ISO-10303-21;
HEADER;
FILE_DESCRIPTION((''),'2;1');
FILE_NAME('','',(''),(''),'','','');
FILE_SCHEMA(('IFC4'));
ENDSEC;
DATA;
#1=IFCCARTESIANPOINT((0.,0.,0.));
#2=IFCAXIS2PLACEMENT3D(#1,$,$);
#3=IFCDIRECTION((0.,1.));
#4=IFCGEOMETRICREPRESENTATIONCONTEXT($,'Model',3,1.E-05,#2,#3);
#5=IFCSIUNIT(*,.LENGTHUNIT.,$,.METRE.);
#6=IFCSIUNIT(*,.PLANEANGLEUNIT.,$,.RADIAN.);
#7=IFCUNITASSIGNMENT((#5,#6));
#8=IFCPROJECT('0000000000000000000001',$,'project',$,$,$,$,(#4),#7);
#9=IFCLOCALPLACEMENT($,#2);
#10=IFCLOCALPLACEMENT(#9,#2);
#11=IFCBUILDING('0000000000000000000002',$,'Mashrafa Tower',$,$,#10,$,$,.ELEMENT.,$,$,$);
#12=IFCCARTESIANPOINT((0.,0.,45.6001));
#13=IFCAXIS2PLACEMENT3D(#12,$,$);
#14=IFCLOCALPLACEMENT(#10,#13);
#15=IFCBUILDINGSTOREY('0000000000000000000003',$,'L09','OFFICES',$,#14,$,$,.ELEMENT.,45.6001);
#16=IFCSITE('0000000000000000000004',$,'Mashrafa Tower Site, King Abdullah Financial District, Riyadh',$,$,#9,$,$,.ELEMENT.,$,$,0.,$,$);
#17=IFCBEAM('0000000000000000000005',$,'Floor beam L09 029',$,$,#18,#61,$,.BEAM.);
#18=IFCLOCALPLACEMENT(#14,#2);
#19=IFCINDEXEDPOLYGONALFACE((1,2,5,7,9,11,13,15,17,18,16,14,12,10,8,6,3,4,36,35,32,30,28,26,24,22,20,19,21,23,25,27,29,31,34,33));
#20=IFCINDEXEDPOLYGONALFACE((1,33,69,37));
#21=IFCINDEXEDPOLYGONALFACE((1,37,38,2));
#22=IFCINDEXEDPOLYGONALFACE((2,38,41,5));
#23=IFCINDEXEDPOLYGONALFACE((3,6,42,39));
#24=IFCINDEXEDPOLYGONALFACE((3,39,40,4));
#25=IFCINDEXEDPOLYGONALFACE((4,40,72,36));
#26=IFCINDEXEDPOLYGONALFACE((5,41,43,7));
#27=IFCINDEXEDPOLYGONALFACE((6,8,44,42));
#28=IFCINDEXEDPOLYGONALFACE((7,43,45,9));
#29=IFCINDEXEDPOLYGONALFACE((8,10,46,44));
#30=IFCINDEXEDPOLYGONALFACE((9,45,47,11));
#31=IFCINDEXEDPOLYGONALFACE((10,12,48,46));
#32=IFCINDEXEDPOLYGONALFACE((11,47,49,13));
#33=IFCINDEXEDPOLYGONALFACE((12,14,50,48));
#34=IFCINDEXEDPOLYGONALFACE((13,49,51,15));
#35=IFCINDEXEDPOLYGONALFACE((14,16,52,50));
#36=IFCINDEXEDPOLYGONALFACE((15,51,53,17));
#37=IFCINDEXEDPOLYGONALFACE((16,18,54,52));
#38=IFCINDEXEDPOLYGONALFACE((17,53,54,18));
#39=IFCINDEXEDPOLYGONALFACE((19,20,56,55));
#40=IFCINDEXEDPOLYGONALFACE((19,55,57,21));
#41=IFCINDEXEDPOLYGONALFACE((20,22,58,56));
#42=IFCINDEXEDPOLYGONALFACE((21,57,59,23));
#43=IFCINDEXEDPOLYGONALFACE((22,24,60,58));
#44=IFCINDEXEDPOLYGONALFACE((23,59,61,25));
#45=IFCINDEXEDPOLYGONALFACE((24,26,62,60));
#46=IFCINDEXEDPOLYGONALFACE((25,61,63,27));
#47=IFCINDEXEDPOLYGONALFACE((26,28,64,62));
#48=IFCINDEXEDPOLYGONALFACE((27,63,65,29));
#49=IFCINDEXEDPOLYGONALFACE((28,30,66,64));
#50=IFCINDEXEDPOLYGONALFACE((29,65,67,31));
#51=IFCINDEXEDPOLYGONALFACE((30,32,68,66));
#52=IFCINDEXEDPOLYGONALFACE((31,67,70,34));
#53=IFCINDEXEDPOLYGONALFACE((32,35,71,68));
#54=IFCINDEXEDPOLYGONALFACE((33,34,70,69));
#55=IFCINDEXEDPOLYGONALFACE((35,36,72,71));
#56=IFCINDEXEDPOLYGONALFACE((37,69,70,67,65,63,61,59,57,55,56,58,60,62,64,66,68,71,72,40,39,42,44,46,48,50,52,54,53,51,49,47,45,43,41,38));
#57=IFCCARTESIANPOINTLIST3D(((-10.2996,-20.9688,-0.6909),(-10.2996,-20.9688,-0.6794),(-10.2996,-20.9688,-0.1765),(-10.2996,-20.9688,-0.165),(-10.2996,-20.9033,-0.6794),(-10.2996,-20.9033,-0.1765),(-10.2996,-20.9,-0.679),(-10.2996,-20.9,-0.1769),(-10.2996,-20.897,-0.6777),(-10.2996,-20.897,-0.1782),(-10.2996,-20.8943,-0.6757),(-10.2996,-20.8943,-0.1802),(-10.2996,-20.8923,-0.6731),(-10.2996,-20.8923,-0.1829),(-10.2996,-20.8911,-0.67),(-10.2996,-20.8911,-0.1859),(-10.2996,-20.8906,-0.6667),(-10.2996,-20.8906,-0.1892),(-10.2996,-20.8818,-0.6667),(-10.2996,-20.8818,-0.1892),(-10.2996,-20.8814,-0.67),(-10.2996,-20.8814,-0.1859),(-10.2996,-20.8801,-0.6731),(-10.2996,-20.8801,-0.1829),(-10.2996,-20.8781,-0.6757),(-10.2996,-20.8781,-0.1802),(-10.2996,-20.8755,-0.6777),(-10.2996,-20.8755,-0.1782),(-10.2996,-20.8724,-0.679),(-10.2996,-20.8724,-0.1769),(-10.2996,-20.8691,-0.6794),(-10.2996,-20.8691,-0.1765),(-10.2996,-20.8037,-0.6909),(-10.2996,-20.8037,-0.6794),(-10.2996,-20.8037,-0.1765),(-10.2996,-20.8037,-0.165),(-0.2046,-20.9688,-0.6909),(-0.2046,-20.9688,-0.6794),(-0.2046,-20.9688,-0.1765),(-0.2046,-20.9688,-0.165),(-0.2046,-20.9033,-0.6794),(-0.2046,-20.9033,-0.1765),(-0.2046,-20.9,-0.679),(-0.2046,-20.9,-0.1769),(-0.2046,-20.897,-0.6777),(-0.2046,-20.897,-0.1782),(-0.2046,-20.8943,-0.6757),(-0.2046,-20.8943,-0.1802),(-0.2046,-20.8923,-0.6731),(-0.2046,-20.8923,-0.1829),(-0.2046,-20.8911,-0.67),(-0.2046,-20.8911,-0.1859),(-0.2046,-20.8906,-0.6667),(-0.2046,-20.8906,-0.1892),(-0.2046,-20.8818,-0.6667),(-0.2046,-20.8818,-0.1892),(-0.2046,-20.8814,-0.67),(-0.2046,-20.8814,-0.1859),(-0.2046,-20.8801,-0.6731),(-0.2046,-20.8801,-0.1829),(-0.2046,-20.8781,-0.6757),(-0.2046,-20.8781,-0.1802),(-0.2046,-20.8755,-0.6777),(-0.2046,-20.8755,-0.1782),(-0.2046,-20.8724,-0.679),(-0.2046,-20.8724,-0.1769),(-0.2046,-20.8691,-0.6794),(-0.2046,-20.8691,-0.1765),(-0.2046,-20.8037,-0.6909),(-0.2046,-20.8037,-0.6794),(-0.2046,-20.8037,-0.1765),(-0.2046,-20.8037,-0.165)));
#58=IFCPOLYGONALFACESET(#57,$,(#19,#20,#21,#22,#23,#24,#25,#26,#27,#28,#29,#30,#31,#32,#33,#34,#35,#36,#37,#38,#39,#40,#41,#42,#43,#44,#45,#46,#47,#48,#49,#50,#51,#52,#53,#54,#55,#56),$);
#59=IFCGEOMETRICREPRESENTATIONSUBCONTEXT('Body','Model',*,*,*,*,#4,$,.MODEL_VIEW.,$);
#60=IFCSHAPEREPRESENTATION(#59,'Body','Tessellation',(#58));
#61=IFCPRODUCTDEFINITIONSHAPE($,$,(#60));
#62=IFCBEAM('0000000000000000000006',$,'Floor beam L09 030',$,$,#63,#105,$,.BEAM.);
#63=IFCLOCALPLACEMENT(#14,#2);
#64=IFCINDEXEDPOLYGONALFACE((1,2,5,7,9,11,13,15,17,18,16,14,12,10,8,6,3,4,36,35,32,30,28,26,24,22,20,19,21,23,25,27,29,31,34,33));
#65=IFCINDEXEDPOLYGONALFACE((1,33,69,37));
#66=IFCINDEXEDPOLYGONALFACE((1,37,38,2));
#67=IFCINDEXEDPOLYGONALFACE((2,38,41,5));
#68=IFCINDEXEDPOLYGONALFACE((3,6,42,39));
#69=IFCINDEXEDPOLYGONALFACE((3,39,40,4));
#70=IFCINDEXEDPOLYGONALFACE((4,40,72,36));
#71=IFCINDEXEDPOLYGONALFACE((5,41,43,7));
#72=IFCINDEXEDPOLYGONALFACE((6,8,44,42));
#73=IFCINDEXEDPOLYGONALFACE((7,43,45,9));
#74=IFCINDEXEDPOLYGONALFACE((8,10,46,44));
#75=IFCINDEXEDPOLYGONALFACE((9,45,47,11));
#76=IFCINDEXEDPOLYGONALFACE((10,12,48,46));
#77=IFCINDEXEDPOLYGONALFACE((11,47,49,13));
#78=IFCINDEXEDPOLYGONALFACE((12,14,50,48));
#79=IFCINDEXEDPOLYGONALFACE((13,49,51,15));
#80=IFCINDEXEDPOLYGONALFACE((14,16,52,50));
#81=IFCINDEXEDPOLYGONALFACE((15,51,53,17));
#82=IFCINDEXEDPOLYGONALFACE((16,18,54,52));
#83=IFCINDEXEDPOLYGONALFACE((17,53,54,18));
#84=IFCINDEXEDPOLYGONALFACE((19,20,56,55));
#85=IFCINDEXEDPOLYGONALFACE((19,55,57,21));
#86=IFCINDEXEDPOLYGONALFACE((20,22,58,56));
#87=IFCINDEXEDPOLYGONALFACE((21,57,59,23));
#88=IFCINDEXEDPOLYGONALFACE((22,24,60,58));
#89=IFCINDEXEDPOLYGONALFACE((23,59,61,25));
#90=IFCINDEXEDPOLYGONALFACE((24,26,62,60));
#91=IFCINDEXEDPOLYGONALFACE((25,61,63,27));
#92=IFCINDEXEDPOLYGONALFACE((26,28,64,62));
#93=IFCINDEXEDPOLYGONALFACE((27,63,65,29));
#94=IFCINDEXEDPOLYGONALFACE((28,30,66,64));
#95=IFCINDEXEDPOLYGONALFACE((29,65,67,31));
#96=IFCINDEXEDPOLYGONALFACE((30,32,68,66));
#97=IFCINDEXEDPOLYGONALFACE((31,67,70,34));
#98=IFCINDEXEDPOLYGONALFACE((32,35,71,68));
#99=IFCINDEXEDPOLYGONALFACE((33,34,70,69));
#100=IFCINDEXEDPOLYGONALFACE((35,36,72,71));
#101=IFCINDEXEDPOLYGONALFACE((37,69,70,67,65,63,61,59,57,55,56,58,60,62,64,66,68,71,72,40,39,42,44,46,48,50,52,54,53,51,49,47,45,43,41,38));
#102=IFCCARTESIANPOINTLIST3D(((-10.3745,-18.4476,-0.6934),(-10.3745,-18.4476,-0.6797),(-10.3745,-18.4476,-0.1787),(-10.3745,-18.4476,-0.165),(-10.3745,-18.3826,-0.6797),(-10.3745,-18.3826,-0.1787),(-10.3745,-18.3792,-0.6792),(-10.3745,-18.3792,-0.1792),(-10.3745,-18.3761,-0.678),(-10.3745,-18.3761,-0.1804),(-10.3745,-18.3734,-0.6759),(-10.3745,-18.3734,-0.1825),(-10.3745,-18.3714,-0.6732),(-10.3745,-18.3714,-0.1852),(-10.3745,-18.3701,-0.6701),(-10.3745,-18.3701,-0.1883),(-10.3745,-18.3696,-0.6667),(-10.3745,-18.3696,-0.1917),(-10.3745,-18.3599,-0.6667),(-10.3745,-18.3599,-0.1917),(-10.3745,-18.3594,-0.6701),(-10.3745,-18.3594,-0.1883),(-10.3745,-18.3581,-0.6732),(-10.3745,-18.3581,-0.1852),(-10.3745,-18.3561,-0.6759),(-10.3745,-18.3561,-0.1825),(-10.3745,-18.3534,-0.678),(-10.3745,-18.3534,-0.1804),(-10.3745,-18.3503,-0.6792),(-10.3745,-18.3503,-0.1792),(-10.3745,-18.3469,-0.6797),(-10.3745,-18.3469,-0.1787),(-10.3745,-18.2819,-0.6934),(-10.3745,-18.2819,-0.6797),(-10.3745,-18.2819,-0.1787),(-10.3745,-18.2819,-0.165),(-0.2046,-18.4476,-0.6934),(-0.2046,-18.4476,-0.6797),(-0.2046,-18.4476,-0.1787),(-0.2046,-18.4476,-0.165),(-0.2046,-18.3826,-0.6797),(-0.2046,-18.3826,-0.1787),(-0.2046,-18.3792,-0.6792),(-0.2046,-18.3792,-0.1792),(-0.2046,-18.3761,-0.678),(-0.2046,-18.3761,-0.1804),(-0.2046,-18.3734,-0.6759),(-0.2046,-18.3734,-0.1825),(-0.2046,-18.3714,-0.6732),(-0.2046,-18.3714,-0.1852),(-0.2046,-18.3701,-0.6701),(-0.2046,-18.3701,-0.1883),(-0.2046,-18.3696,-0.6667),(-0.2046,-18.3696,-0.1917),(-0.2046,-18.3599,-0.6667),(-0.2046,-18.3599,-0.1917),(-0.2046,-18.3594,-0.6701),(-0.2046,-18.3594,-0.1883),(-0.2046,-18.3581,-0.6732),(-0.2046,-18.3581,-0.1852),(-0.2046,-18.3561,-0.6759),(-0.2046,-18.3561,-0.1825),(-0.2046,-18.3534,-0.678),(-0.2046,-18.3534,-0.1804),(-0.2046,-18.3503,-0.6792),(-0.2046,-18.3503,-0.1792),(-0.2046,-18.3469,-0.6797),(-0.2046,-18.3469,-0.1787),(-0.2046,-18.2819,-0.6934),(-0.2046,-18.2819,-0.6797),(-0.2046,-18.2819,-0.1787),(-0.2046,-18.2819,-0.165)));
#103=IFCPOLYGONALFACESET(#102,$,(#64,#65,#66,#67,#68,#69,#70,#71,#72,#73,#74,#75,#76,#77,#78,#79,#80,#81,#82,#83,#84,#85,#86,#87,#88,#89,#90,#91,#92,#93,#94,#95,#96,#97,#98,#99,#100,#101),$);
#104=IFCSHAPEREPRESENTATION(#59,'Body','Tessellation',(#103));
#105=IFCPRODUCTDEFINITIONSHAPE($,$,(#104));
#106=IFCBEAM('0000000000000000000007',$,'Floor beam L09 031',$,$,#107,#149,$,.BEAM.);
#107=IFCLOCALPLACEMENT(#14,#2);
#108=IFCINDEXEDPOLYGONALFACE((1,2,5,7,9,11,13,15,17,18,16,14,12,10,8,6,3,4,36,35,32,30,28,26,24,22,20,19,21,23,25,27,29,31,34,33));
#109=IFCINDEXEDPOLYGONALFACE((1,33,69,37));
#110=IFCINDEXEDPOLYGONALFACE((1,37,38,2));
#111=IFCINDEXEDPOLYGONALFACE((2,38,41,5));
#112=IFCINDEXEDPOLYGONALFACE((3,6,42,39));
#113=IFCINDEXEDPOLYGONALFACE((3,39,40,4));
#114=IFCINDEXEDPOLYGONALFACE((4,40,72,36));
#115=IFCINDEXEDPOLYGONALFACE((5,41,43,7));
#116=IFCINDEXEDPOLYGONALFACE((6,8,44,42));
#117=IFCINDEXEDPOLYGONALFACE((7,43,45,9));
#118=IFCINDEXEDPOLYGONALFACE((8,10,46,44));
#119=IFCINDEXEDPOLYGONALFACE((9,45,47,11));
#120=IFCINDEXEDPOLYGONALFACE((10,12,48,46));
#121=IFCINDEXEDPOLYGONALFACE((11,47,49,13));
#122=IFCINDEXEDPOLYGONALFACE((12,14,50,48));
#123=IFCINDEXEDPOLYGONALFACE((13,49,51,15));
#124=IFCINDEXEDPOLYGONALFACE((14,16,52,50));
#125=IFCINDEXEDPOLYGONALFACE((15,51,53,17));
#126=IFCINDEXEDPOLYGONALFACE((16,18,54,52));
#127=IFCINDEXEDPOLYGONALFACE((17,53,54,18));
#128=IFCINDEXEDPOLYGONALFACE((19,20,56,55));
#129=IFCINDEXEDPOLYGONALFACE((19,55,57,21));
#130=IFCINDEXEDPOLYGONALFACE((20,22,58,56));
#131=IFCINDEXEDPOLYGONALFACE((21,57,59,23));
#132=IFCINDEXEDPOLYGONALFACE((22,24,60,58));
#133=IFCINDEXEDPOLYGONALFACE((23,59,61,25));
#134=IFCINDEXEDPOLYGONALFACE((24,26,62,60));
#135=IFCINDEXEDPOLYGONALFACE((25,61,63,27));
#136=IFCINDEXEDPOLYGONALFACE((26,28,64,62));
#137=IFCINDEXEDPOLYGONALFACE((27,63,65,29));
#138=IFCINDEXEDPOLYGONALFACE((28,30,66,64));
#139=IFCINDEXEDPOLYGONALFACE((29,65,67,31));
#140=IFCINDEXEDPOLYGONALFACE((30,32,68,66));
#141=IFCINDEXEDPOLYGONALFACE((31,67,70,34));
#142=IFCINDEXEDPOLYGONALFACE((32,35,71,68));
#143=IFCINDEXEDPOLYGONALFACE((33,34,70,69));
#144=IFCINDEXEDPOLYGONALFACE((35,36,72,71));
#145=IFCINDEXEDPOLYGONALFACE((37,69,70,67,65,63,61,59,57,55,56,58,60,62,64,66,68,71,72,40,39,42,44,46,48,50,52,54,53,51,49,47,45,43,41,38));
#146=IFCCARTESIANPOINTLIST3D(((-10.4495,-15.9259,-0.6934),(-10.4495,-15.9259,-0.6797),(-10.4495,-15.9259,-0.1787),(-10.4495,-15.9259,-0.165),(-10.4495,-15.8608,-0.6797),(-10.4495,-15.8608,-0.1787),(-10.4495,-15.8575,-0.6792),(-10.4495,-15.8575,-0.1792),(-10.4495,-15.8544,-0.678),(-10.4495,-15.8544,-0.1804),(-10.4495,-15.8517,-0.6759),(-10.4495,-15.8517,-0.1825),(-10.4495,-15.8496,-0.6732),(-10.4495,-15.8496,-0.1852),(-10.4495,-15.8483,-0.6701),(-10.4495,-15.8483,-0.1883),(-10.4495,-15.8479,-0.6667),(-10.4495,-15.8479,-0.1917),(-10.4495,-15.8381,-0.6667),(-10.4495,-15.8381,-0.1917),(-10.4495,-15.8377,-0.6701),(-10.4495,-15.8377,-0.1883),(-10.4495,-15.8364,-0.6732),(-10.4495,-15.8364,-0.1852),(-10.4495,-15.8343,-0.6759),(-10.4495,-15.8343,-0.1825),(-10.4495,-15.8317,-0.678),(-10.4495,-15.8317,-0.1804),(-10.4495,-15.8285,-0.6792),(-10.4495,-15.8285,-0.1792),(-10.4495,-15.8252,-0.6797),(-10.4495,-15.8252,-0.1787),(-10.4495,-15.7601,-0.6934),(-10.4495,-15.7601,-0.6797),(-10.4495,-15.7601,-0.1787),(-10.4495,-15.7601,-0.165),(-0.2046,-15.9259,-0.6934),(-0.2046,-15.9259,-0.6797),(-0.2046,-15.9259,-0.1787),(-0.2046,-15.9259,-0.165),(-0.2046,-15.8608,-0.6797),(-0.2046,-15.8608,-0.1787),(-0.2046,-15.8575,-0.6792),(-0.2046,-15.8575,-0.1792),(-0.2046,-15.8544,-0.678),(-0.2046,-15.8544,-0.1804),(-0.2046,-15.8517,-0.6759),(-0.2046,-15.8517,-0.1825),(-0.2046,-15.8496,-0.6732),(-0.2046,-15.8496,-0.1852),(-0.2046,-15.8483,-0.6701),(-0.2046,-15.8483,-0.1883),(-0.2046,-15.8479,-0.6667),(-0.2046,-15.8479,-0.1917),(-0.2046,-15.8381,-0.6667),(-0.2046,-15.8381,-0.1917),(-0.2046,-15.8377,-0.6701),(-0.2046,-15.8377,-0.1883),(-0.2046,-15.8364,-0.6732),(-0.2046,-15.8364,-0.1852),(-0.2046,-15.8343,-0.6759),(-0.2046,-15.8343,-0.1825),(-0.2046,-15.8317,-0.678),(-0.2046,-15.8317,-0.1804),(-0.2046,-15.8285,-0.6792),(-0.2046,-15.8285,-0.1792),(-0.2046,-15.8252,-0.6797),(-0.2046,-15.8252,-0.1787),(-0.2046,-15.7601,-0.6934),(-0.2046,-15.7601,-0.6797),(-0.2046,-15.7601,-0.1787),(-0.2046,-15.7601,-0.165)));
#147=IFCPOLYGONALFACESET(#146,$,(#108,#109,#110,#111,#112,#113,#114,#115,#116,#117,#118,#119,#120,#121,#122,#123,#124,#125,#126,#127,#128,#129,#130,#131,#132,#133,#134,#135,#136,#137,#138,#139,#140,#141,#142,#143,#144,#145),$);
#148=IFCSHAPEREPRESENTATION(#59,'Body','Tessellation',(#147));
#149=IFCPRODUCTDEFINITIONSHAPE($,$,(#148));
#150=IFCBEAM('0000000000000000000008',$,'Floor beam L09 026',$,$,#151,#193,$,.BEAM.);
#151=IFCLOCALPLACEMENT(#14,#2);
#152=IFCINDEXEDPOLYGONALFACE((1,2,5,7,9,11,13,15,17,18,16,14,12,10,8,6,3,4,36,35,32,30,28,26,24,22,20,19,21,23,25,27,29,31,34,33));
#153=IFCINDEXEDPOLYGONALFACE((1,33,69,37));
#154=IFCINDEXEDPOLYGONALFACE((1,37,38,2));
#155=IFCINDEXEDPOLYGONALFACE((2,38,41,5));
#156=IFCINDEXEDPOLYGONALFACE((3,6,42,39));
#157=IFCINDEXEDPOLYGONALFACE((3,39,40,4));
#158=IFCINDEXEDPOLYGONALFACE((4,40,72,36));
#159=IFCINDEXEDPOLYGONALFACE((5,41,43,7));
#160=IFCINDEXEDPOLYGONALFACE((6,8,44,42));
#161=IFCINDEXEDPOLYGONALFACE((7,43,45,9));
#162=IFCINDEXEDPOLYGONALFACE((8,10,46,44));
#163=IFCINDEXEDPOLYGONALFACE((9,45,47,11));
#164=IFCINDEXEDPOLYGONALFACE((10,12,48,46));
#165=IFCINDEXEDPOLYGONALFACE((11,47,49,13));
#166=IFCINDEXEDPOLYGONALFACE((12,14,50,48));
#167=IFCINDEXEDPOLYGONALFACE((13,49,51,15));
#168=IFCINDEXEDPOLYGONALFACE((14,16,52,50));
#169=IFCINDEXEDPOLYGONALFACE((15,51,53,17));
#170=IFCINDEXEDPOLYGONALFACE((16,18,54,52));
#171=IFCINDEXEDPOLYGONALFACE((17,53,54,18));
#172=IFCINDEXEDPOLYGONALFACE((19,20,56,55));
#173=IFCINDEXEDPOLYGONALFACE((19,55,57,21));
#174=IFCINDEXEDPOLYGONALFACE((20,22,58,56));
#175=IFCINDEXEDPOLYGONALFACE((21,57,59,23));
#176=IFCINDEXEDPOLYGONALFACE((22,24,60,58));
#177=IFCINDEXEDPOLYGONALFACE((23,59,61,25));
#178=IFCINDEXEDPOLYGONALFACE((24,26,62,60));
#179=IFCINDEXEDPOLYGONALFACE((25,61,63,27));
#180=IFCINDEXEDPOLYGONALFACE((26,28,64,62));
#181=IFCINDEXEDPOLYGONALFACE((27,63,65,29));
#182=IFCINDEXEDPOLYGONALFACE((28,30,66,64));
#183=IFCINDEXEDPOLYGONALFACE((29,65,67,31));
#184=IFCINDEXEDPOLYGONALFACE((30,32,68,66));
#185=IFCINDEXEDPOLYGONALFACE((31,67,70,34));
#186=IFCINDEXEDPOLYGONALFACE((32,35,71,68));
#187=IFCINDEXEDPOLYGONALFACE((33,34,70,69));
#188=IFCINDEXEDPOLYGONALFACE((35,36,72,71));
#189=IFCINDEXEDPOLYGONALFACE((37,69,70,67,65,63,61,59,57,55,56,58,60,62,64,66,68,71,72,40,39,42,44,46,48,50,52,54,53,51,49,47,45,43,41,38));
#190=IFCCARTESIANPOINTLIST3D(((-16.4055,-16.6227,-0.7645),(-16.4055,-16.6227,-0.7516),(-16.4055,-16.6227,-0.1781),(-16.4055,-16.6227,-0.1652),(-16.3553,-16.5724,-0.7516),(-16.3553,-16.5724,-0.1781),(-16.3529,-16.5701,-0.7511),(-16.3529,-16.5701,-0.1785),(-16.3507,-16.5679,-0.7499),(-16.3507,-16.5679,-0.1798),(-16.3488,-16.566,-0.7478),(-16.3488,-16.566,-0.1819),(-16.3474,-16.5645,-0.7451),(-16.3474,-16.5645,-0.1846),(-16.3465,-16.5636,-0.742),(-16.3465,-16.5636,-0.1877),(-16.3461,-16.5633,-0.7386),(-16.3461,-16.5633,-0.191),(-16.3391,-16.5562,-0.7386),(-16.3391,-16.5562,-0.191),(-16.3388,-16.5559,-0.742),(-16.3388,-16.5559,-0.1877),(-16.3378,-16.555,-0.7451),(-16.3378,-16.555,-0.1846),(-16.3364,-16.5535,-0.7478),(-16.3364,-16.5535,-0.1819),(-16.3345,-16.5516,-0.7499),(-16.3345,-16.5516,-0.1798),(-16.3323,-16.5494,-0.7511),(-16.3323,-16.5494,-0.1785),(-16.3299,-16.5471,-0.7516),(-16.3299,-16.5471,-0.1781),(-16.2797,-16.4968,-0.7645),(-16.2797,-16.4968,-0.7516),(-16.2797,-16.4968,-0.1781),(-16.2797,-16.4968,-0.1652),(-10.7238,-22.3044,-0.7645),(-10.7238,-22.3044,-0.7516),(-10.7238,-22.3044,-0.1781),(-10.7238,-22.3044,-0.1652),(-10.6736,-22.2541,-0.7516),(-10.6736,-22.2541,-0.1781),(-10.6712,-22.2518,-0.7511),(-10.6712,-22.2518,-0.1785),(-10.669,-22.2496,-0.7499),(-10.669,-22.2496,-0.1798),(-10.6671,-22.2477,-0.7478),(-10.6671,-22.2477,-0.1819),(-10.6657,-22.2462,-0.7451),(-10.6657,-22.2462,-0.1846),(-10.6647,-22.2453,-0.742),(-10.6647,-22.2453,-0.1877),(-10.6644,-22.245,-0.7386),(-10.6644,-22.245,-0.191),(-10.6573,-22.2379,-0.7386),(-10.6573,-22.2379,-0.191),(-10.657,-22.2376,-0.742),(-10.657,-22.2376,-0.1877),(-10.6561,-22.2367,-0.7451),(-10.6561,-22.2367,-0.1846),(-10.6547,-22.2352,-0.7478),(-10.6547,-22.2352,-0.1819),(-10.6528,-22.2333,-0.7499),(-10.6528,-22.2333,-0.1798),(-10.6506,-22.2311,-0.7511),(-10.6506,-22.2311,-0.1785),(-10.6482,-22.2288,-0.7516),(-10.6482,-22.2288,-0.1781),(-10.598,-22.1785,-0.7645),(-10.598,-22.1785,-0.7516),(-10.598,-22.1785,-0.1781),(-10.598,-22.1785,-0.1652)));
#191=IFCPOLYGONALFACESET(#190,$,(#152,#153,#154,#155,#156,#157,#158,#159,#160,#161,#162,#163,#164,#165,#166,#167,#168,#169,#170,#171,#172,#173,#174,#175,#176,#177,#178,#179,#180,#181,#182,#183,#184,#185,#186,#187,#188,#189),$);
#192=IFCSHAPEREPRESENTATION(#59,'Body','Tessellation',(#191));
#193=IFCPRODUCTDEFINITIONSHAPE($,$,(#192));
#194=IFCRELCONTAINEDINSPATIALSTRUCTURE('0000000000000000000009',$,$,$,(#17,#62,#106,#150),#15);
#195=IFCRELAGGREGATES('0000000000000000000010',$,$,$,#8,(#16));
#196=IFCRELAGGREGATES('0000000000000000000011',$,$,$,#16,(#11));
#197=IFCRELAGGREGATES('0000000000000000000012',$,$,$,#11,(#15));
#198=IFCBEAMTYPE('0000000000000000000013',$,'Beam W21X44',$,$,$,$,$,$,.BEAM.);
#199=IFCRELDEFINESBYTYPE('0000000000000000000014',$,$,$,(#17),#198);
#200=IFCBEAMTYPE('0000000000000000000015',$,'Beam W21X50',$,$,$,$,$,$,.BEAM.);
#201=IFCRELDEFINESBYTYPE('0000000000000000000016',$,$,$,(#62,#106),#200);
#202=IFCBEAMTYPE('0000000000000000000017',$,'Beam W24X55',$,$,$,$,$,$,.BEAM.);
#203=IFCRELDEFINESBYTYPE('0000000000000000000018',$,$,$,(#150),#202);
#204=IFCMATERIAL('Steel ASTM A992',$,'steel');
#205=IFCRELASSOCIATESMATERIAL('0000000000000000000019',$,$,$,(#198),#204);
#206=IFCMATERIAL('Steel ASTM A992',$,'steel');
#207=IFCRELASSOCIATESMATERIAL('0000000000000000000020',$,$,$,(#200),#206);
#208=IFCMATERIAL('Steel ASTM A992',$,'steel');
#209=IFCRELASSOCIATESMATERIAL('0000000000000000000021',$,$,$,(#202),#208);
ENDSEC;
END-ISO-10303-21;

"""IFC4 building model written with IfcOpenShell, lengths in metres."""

from ifc_helpers import new_model, si_unit, direction, frame, origin, origin_2d, place, context, subcontext, project, spatial, i_section, extrude, material, material_profile, profile_set, type_object, element, save


model = new_model("IFC4")

# Units and contexts
model_context = context("Model", 3, precision=1e-05, world=origin(), true_north=direction((0.0, 1.0)))
body_context = subcontext(model_context, "Body", "Model", "MODEL_VIEW")
ifc_project = project(units=[si_unit("LENGTHUNIT", "METRE"), si_unit("PLANEANGLEUNIT", "RADIAN")], contexts=[model_context])

# Site, building, storey
site_placement = place(None, origin())
site = spatial("IfcSite", under=ifc_project, at=site_placement, Name="Mashrafa Tower Site, King Abdullah Financial District, Riyadh", CompositionType="ELEMENT", RefElevation=0.0)
building_placement = place(site_placement, origin())
building = spatial("IfcBuilding", under=site, at=building_placement, Name="Mashrafa Tower", CompositionType="ELEMENT")
storey_placement = place(building_placement, frame((0.0, 0.0, 45.6001)))
storey = spatial("IfcBuildingStorey", under=building, at=storey_placement, Name="L09", Description="OFFICES", CompositionType="ELEMENT", Elevation=45.6001)

# Beams
ifc_material_1 = material(Name="Steel ASTM A992", Category="steel")
ifc_material_profile_1 = material_profile(ifc_material_1, i_section(OverallWidth=0.165, OverallDepth=0.5259, WebThickness=0.0088, FlangeThickness=0.0115, FilletRadius=0.0127, at=origin_2d()), Name="W21X44")
ifc_profile_set_1 = profile_set([ifc_material_profile_1], Name="Steel ASTM A992")
beam_type_1 = type_object("IfcBeamType", Name="Beam W21X44", PredefinedType="BEAM", material=ifc_profile_set_1)
beam_1_placement = place(storey_placement, frame((-0.2046, -20.8862, -0.428), z_axis=(-1.0, 0.0, 0.0), x_axis=(0.0, -1.0, 0.0)))
element("IfcBeam", 1, at=beam_1_placement, inside=storey, type_object=beam_type_1, Name="Floor beam L09 029", PredefinedType="BEAM", context=body_context, shape_type="SweptSolid", body=[
    extrude(i_section(OverallWidth=0.165, OverallDepth=0.5259, WebThickness=0.0088, FlangeThickness=0.0115, FilletRadius=0.0127, at=origin_2d()), origin(), (0.0, 0.0, 1.0), 10.095),
])
ifc_material_2 = material(Name="Steel ASTM A992", Category="steel")
ifc_material_profile_2 = material_profile(ifc_material_2, i_section(OverallWidth=0.1658, OverallDepth=0.5283, WebThickness=0.0098, FlangeThickness=0.0137, FilletRadius=0.0129, at=origin_2d()), Name="W21X50")
ifc_profile_set_2 = profile_set([ifc_material_profile_2], Name="Steel ASTM A992")
beam_type_2 = type_object("IfcBeamType", Name="Beam W21X50", PredefinedType="BEAM", material=ifc_profile_set_2)
beam_2_placement = place(storey_placement, frame((-0.2046, -18.3647, -0.4292), z_axis=(-1.0, 0.0, 0.0), x_axis=(0.0, -1.0, 0.0)))
element("IfcBeam", 2, at=beam_2_placement, inside=storey, type_object=beam_type_2, Name="Floor beam L09 030", PredefinedType="BEAM", context=body_context, shape_type="SweptSolid", body=[
    extrude(i_section(OverallWidth=0.1658, OverallDepth=0.5283, WebThickness=0.0098, FlangeThickness=0.0137, FilletRadius=0.0129, at=origin_2d()), origin(), (0.0, 0.0, 1.0), 10.1699),
])
beam_3_placement = place(storey_placement, frame((-0.2046, -15.843, -0.4292), z_axis=(-1.0, 0.0, 0.0), x_axis=(0.0, -1.0, 0.0)))
element("IfcBeam", 3, at=beam_3_placement, inside=storey, type_object=beam_type_2, Name="Floor beam L09 031", PredefinedType="BEAM", context=body_context, shape_type="SweptSolid", body=[
    extrude(i_section(OverallWidth=0.1658, OverallDepth=0.5283, WebThickness=0.0098, FlangeThickness=0.0137, FilletRadius=0.0129, at=origin_2d()), origin(), (0.0, 0.0, 1.0), 10.2449),
])
ifc_material_3 = material(Name="Steel ASTM A992", Category="steel")
ifc_material_profile_3 = material_profile(ifc_material_3, i_section(OverallWidth=0.178, OverallDepth=0.5994, WebThickness=0.01, FlangeThickness=0.0129, FilletRadius=0.0129, at=origin_2d()), Name="W24X55")
ifc_profile_set_3 = profile_set([ifc_material_profile_3], Name="Steel ASTM A992")
beam_type_3 = type_object("IfcBeamType", Name="Beam W24X55", PredefinedType="BEAM", material=ifc_profile_set_3)
beam_4_placement = place(storey_placement, frame((-10.6609, -22.2415, -0.4648), z_axis=(-0.707107, 0.707107, 0.0), x_axis=(-0.707107, -0.707107, 0.0)))
element("IfcBeam", 4, at=beam_4_placement, inside=storey, type_object=beam_type_3, Name="Floor beam L09 026", PredefinedType="BEAM", context=body_context, shape_type="SweptSolid", body=[
    extrude(i_section(OverallWidth=0.178, OverallDepth=0.5994, WebThickness=0.01, FlangeThickness=0.0129, FilletRadius=0.0129, at=origin_2d()), origin(), (0.0, 0.0, 1.0), 8.0352),
])

save(model, "model.ifc")
